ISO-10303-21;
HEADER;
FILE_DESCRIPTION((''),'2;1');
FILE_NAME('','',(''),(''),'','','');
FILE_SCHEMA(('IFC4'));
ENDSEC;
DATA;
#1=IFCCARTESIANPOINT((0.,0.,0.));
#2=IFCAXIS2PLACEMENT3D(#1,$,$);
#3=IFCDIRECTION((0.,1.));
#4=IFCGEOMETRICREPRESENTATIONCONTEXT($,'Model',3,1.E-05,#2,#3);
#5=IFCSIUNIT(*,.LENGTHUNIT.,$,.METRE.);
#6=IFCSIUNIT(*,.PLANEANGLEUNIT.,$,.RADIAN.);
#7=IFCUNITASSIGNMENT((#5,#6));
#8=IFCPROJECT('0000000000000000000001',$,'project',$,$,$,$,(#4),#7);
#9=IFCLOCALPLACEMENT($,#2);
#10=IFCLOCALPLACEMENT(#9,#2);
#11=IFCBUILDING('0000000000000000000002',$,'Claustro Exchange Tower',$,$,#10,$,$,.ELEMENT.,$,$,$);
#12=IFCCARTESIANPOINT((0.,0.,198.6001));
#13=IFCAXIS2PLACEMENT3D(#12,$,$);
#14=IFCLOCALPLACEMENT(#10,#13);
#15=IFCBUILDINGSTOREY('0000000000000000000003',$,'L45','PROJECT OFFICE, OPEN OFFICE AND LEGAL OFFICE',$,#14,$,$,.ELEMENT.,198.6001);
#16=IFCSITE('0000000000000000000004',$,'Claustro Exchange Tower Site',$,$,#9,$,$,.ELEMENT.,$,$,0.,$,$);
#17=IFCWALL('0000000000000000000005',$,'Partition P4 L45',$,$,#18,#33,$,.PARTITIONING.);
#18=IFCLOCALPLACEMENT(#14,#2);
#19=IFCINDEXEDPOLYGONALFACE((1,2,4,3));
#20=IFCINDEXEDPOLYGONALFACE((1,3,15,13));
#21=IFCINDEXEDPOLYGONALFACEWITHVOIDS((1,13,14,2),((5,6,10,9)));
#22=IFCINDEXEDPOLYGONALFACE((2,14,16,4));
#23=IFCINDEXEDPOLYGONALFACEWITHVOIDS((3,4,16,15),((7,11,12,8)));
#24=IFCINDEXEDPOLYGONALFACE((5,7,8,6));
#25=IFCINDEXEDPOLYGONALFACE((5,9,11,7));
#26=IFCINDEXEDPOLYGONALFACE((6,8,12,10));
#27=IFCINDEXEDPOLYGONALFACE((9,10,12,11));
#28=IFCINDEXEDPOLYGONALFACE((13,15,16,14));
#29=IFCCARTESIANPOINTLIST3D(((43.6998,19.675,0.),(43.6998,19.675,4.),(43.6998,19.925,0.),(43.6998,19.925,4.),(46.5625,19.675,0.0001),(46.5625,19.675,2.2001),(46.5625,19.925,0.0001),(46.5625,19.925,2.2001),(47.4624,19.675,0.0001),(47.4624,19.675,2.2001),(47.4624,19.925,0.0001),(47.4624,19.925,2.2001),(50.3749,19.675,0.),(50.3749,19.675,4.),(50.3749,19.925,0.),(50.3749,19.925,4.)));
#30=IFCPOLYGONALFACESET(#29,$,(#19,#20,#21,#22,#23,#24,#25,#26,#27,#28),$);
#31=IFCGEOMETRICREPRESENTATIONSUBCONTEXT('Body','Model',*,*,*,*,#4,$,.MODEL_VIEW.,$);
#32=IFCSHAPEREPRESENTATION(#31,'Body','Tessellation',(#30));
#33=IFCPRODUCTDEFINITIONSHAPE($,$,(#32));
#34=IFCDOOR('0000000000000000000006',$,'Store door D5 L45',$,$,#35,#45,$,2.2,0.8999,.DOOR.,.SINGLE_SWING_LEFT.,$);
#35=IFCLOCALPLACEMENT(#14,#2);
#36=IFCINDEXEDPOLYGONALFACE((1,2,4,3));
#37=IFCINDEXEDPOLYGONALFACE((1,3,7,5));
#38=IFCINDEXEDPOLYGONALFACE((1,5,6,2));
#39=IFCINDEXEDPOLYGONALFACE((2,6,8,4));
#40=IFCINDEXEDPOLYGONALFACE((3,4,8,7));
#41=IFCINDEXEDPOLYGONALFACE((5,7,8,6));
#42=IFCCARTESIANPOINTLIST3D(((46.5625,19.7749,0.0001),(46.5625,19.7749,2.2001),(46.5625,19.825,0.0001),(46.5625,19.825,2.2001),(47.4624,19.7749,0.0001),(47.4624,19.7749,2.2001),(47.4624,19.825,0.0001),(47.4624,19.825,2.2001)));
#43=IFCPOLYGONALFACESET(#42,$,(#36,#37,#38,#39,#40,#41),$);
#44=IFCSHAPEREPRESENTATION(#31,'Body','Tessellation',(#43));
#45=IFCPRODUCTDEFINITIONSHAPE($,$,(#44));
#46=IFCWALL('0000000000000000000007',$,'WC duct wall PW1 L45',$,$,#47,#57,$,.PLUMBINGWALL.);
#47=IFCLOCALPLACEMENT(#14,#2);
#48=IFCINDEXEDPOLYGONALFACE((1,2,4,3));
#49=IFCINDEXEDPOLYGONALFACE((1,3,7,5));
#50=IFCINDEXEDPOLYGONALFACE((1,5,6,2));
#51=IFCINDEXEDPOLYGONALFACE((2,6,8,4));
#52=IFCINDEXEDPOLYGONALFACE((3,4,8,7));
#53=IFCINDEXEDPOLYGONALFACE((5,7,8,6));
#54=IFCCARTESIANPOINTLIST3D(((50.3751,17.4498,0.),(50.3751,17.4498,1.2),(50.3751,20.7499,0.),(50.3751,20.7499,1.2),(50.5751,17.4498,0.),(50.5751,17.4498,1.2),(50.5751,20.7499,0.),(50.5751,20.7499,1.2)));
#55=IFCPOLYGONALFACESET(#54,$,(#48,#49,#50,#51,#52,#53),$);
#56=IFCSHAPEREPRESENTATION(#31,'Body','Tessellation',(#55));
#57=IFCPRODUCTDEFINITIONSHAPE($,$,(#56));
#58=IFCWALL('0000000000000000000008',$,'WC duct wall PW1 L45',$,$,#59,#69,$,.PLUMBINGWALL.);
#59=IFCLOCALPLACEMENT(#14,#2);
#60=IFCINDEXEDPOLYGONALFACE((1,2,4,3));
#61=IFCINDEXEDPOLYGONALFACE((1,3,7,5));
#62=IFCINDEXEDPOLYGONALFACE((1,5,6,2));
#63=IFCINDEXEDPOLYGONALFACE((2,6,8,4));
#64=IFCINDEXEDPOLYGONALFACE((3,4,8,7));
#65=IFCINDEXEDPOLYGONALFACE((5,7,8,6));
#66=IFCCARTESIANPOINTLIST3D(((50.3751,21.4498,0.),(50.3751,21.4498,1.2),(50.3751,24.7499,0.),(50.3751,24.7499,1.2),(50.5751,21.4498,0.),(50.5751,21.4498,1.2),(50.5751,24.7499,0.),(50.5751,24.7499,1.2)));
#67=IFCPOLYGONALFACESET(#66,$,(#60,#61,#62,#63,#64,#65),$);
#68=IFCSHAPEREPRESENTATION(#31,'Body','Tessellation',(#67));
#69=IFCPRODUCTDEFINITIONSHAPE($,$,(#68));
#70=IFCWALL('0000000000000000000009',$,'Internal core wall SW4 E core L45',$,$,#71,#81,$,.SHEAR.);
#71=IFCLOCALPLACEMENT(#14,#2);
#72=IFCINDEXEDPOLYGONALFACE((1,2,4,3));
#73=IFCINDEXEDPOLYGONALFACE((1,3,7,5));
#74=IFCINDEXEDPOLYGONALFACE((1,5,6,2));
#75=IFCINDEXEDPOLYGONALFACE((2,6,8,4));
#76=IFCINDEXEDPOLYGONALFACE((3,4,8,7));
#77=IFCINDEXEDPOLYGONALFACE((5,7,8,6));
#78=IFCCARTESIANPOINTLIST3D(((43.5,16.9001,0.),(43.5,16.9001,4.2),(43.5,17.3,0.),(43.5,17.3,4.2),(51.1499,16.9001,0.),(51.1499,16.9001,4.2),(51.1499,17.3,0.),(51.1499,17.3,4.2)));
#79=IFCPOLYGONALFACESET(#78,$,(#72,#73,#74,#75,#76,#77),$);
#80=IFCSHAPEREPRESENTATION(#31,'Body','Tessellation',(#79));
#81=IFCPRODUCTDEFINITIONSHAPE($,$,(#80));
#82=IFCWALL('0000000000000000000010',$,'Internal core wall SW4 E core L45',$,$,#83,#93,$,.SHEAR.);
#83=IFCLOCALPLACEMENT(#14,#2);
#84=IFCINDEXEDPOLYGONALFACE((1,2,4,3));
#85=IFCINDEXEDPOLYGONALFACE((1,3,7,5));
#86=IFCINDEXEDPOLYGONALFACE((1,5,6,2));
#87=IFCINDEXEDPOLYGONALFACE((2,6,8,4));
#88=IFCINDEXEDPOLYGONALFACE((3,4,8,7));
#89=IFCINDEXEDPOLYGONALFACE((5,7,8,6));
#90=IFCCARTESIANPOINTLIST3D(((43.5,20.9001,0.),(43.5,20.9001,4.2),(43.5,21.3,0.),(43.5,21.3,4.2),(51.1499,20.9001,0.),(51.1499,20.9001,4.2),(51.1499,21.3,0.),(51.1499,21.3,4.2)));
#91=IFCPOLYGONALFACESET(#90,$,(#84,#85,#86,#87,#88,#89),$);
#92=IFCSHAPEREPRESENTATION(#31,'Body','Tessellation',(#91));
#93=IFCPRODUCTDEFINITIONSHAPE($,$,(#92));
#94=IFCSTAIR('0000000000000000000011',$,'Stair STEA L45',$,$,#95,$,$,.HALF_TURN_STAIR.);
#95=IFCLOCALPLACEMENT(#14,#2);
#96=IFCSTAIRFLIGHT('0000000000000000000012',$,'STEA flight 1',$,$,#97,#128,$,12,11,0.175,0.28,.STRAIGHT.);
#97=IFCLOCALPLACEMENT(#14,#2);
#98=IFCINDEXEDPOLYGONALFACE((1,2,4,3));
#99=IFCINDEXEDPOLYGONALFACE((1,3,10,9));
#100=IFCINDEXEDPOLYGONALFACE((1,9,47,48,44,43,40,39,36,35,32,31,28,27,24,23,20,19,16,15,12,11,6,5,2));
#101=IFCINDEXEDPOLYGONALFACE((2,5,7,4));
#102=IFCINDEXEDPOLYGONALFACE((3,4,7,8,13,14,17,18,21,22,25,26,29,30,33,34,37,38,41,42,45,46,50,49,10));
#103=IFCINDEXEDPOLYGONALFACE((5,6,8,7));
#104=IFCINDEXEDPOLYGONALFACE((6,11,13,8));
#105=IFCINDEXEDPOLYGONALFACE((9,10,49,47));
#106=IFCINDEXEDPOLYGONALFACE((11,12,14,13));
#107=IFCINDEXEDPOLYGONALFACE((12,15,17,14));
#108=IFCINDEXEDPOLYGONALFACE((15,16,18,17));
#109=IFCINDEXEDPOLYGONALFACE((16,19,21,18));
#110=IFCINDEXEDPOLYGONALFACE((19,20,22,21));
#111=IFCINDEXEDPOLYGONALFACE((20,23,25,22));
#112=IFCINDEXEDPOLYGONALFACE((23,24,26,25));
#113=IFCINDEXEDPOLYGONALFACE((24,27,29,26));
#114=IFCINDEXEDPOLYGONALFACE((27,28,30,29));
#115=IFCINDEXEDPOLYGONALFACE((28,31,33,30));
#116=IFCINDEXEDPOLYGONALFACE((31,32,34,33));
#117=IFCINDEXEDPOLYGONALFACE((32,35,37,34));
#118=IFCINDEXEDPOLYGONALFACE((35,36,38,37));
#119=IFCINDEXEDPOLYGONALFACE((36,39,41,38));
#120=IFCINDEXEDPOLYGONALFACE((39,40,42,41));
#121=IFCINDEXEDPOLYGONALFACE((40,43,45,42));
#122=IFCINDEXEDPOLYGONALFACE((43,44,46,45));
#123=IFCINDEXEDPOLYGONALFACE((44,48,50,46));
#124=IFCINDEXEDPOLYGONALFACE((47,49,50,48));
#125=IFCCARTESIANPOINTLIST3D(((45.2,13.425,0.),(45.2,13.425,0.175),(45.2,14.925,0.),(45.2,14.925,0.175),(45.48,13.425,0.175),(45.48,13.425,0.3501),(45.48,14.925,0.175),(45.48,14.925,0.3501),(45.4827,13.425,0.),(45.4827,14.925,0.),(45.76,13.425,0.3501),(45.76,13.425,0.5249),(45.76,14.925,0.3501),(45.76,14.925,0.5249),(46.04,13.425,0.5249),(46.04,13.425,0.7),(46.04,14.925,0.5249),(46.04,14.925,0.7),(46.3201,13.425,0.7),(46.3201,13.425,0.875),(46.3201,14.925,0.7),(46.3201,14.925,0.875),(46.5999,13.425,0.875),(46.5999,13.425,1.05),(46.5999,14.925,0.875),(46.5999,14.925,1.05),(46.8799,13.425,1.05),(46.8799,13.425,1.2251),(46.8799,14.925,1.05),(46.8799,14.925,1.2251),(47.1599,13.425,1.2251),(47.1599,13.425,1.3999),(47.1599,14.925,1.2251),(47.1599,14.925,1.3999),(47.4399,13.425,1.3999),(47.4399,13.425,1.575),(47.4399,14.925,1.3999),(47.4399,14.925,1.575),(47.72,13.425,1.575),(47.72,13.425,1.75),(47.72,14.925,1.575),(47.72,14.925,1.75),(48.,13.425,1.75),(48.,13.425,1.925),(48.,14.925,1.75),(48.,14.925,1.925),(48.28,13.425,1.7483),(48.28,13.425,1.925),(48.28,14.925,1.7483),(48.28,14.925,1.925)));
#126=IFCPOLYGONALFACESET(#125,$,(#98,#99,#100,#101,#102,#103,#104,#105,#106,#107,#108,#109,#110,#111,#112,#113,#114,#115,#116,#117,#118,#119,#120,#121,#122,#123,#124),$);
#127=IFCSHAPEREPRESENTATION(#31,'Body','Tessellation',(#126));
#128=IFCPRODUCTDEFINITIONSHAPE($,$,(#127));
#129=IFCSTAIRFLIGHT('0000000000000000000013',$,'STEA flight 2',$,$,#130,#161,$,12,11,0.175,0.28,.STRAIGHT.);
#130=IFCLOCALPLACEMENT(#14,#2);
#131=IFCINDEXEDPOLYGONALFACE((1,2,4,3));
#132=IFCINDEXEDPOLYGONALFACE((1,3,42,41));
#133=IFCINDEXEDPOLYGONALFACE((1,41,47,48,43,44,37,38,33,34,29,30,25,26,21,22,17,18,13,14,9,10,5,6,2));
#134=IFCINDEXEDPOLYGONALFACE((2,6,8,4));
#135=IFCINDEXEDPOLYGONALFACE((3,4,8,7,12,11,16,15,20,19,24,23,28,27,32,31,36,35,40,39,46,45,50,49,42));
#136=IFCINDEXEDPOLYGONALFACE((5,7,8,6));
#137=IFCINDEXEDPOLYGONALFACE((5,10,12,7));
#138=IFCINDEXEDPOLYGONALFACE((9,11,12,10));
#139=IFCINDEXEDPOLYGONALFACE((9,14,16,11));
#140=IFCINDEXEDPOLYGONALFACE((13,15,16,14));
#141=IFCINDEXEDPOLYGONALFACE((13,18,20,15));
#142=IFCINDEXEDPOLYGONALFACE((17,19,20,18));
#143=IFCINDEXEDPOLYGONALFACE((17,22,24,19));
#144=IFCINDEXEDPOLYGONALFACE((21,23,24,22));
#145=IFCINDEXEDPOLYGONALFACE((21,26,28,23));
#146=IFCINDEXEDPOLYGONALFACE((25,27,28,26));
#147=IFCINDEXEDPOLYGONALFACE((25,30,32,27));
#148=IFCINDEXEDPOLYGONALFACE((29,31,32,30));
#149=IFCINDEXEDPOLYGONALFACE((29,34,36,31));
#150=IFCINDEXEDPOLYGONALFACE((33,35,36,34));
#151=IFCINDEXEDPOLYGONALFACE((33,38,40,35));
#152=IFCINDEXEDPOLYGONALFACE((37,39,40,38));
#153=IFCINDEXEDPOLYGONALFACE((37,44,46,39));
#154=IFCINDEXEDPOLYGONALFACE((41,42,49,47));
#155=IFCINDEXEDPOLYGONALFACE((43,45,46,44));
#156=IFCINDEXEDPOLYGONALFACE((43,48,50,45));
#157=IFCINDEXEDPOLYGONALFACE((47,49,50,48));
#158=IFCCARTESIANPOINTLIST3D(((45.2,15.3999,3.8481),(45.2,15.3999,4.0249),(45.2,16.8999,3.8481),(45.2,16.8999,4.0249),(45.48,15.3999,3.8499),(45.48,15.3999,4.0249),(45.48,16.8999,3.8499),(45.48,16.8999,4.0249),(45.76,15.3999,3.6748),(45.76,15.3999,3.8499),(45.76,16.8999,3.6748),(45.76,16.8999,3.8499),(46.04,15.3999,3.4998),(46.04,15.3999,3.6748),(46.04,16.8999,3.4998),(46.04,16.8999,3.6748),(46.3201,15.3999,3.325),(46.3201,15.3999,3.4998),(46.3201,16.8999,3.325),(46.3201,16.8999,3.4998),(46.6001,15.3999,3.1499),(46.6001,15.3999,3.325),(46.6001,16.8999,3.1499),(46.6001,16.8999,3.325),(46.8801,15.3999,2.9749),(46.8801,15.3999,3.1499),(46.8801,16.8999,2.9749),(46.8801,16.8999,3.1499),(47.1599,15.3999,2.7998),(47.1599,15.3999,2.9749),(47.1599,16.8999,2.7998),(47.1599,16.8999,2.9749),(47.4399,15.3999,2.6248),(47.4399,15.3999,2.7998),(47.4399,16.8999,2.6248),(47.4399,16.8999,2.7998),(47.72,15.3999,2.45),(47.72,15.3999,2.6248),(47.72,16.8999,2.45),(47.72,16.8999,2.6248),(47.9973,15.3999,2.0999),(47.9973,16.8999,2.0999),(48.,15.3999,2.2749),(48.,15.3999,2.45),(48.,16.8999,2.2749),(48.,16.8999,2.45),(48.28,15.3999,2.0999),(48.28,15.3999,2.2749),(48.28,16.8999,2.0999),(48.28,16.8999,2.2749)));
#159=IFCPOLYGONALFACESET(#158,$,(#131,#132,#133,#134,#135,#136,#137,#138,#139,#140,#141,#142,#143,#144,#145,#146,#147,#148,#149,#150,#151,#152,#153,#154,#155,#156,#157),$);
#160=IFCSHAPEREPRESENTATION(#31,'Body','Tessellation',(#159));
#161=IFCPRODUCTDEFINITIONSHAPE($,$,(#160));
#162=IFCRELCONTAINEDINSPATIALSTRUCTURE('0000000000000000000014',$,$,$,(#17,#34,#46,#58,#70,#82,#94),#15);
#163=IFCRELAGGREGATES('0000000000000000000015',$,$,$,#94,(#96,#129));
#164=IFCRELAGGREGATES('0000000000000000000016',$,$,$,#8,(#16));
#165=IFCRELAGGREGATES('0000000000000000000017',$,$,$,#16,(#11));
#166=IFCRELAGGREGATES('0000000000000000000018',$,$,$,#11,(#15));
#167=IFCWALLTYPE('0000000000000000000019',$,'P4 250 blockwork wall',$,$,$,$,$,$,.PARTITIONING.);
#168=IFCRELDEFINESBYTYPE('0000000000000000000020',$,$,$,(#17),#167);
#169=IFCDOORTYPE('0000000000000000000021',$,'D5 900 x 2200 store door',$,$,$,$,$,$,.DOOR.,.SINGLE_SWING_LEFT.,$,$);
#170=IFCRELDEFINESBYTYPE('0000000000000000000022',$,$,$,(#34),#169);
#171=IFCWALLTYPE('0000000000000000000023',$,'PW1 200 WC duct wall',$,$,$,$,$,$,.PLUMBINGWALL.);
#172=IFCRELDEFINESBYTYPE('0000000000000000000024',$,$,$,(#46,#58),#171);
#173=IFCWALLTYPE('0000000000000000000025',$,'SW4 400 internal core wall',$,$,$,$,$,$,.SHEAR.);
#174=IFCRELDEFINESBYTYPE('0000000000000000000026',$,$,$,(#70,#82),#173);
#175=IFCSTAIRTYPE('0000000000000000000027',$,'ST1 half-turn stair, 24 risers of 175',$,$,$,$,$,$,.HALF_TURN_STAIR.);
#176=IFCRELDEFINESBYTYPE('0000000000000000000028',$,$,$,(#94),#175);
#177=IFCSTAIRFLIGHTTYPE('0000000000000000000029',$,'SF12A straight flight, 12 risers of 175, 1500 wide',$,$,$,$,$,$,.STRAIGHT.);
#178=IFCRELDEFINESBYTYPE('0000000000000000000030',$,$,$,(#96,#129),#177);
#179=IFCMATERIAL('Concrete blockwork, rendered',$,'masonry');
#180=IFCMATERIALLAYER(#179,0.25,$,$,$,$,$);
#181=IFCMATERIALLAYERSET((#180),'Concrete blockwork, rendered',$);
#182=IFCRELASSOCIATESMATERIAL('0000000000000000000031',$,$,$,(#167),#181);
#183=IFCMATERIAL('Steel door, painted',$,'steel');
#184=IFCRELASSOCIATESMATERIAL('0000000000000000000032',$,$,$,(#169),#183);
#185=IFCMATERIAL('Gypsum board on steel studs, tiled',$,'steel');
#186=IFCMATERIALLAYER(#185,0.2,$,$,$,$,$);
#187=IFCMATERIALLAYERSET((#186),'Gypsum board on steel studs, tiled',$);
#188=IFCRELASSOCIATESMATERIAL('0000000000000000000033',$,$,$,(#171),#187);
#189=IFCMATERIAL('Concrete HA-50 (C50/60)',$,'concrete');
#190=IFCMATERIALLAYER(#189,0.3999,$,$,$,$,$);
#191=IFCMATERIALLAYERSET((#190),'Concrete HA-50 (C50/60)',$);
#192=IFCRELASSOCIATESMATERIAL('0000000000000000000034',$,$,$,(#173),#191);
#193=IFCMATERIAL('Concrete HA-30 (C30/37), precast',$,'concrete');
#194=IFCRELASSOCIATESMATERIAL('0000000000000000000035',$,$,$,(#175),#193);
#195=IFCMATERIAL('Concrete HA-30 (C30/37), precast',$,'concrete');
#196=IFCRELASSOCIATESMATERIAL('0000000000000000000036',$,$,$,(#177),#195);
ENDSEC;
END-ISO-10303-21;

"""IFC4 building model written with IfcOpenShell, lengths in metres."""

from ifc_helpers import new_model, si_unit, direction, frame, frame_2d, origin, place, context, subcontext, project, spatial, polyline, rectangle, outline, extrude, material, layer, layer_set, type_object, element, fill, aggregate, save


model = new_model("IFC4")

# Units and contexts
model_context = context("Model", 3, precision=1e-05, world=origin(), true_north=direction((0.0, 1.0)))
body_context = subcontext(model_context, "Body", "Model", "MODEL_VIEW")
ifc_project = project(units=[si_unit("LENGTHUNIT", "METRE"), si_unit("PLANEANGLEUNIT", "RADIAN")], contexts=[model_context])

# Site, building, storey
site_placement = place(None, origin())
site = spatial("IfcSite", under=ifc_project, at=site_placement, Name="Claustro Exchange Tower Site", CompositionType="ELEMENT", RefElevation=0.0)
building_placement = place(site_placement, origin())
building = spatial("IfcBuilding", under=site, at=building_placement, Name="Claustro Exchange Tower", CompositionType="ELEMENT")
storey_placement = place(building_placement, frame((0.0, 0.0, 198.6001)))
storey = spatial("IfcBuildingStorey", under=building, at=storey_placement, Name="L45", Description="PROJECT OFFICE, OPEN OFFICE AND LEGAL OFFICE", CompositionType="ELEMENT", Elevation=198.6001)

# Wall, opening, door
ifc_material_1 = material(Name="Concrete blockwork, rendered", Category="masonry")
ifc_layer_1 = layer(ifc_material_1, 0.25)
ifc_layer_set_1 = layer_set([ifc_layer_1], Name="Concrete blockwork, rendered")
wall_type_1 = type_object("IfcWallType", Name="P4 250 blockwork wall", PredefinedType="PARTITIONING", material=ifc_layer_set_1)
wall_placement = place(storey_placement, frame((43.7, 19.8, 0.0), z_axis=(0.0, 0.0, 1.0), x_axis=(1.0, 0.0, 0.0)))
wall = element("IfcWall", 1, at=wall_placement, inside=storey, type_object=wall_type_1, Name="Partition P4 L45", PredefinedType="PARTITIONING", context=body_context, shape_type="SweptSolid", body=[
    extrude(rectangle(XDim=6.675, YDim=0.25, at=frame_2d((3.3374, 0.0))), origin(), (0.0, 0.0, 1.0), 4.0),
])
opening_placement = place(wall_placement, frame((2.8625, 0.0, 0.0)))
opening = element("IfcOpeningElement", 2, at=opening_placement, cuts=wall, PredefinedType="OPENING", context=body_context, shape_type="SweptSolid", body=[
    extrude(rectangle(XDim=0.8999, YDim=2.2, at=frame_2d((0.45, 1.1001))), frame((0.0, 0.135, 0.0), z_axis=(0.0, -1.0, 0.0), x_axis=(1.0, 0.0, 0.0)), (0.0, 0.0, 1.0), 0.27),
])
ifc_material_2 = material(Name="Steel door, painted", Category="steel")
door_type = type_object("IfcDoorType", Name="D5 900 x 2200 store door", OperationType="SINGLE_SWING_LEFT", PredefinedType="DOOR", material=ifc_material_2)
door_placement = place(opening_placement, origin())
door = element("IfcDoor", 3, at=door_placement, inside=storey, type_object=door_type, Name="Store door D5 L45", OperationType="SINGLE_SWING_LEFT", OverallHeight=2.2, OverallWidth=0.8999, PredefinedType="DOOR", context=body_context, shape_type="SweptSolid", body=[
    extrude(rectangle(XDim=0.8999, YDim=2.2, at=frame_2d((0.45, 1.1001))), frame((0.0, 0.0249, 0.0), z_axis=(0.0, -1.0, 0.0), x_axis=(1.0, 0.0, 0.0)), (0.0, 0.0, 1.0), 0.05),
])
fill(opening, door)

# Walls
ifc_material_3 = material(Name="Gypsum board on steel studs, tiled", Category="steel")
ifc_layer_2 = layer(ifc_material_3, 0.2)
ifc_layer_set_2 = layer_set([ifc_layer_2], Name="Gypsum board on steel studs, tiled")
wall_type_2 = type_object("IfcWallType", Name="PW1 200 WC duct wall", PredefinedType="PLUMBINGWALL", material=ifc_layer_set_2)
for number, where, z_axis, x_axis, name in (
    (4, (50.4751, 17.45, 0.0), (0.0, 0.0, 1.0), (0.0, 1.0, 0.0), "WC duct wall PW1 L45"),
    (5, (50.4751, 21.45, 0.0), (0.0, 0.0, 1.0), (0.0, 1.0, 0.0), "WC duct wall PW1 L45"),
):
    element("IfcWall", number, at=place(storey_placement, frame(where, z_axis=z_axis, x_axis=x_axis)), inside=storey, type_object=wall_type_2, Name=name, PredefinedType="PLUMBINGWALL", context=body_context, shape_type="SweptSolid", body=[
        extrude(rectangle(XDim=3.3, YDim=0.2, at=frame_2d((1.6499, 0.0))), origin(), (0.0, 0.0, 1.0), 1.2),
    ])
ifc_material_4 = material(Name="Concrete HA-50 (C50/60)", Category="concrete")
ifc_layer_3 = layer(ifc_material_4, 0.3999)
ifc_layer_set_3 = layer_set([ifc_layer_3], Name="Concrete HA-50 (C50/60)")
wall_type_3 = type_object("IfcWallType", Name="SW4 400 internal core wall", PredefinedType="SHEAR", material=ifc_layer_set_3)
for number, where, z_axis, x_axis, name in (
    (6, (51.1499, 17.1001, 0.0), (0.0, 0.0, 1.0), (-1.0, 0.0, 0.0), "Internal core wall SW4 E core L45"),
    (7, (51.1499, 21.1001, 0.0), (0.0, 0.0, 1.0), (-1.0, 0.0, 0.0), "Internal core wall SW4 E core L45"),
):
    element("IfcWall", number, at=place(storey_placement, frame(where, z_axis=z_axis, x_axis=x_axis)), inside=storey, type_object=wall_type_3, Name=name, PredefinedType="SHEAR", context=body_context, shape_type="SweptSolid", body=[
        extrude(rectangle(XDim=7.6499, YDim=0.3999, at=frame_2d((3.825, 0.0))), origin(), (0.0, 0.0, 1.0), 4.2),
    ])

# Stair, stair flights
ifc_material_5 = material(Name="Concrete HA-30 (C30/37), precast", Category="concrete")
stair_type = type_object("IfcStairType", Name="ST1 half-turn stair, 24 risers of 175", PredefinedType="HALF_TURN_STAIR", material=ifc_material_5)
stair_placement = place(storey_placement, origin())
stair = element("IfcStair", 8, at=stair_placement, inside=storey, type_object=stair_type, Name="Stair STEA L45", PredefinedType="HALF_TURN_STAIR")
ifc_material_6 = material(Name="Concrete HA-30 (C30/37), precast", Category="concrete")
stair_flight_type = type_object("IfcStairFlightType", Name="SF12A straight flight, 12 risers of 175, 1500 wide", PredefinedType="STRAIGHT", material=ifc_material_6)
stair_flight_1_placement = place(storey_placement, frame((45.2, 14.175, 0.0), z_axis=(0.0, 0.0, 1.0), x_axis=(1.0, 0.0, 0.0)))
stair_flight_1 = element("IfcStairFlight", 9, at=stair_flight_1_placement, type_object=stair_flight_type, Name="STEA flight 1", NumberOfRisers=12, NumberOfTreads=11, PredefinedType="STRAIGHT", RiserHeight=0.175, TreadLength=0.28, context=body_context, shape_type="SweptSolid", body=[
    extrude(outline(polyline([(0.0, 0.0), (0.0, 0.175), (0.28, 0.175), (0.28, 0.3501), (0.5601, 0.3501), (0.5601, 0.5249), (0.8401, 0.5249), (0.8401, 0.7), (1.1201, 0.7), (1.1201, 0.875), (1.3999, 0.875), (1.3999, 1.05), (1.6799, 1.05), (1.6799, 1.2251), (1.96, 1.2251), (1.96, 1.3999), (2.24, 1.3999), (2.24, 1.575), (2.52, 1.575), (2.52, 1.75), (2.8, 1.75), (2.8, 1.925), (3.0801, 1.925), (3.0801, 2.1001), (3.0801, 1.7483), (0.2827, 0.0), (0.0, 0.0)])), frame((0.0, 0.75, 0.0), z_axis=(0.0, -1.0, 0.0), x_axis=(1.0, 0.0, 0.0)), (0.0, 0.0, 1.0), 1.5),
])
stair_flight_2_placement = place(storey_placement, frame((48.28, 16.1499, 2.0999), z_axis=(0.0, 0.0, 1.0), x_axis=(-1.0, 0.0, 0.0)))
stair_flight_2 = element("IfcStairFlight", 10, at=stair_flight_2_placement, type_object=stair_flight_type, Name="STEA flight 2", NumberOfRisers=12, NumberOfTreads=11, PredefinedType="STRAIGHT", RiserHeight=0.175, TreadLength=0.28, context=body_context, shape_type="SweptSolid", body=[
    extrude(outline(polyline([(0.0, 0.0), (0.0, 0.175), (0.28, 0.175), (0.28, 0.3501), (0.5601, 0.3501), (0.5601, 0.5249), (0.8401, 0.5249), (0.8401, 0.7), (1.1201, 0.7), (1.1201, 0.875), (1.3999, 0.875), (1.3999, 1.05), (1.6799, 1.05), (1.6799, 1.2251), (1.96, 1.2251), (1.96, 1.3999), (2.24, 1.3999), (2.24, 1.575), (2.52, 1.575), (2.52, 1.75), (2.8, 1.75), (2.8, 1.925), (3.0801, 1.925), (3.0801, 2.1001), (3.0801, 1.7483), (0.2827, 0.0), (0.0, 0.0)])), frame((0.0, 0.75, 0.0), z_axis=(0.0, -1.0, 0.0), x_axis=(1.0, 0.0, 0.0)), (0.0, 0.0, 1.0), 1.5),
])
aggregate(stair, [stair_flight_1, stair_flight_2])

save(model, "model.ifc")
